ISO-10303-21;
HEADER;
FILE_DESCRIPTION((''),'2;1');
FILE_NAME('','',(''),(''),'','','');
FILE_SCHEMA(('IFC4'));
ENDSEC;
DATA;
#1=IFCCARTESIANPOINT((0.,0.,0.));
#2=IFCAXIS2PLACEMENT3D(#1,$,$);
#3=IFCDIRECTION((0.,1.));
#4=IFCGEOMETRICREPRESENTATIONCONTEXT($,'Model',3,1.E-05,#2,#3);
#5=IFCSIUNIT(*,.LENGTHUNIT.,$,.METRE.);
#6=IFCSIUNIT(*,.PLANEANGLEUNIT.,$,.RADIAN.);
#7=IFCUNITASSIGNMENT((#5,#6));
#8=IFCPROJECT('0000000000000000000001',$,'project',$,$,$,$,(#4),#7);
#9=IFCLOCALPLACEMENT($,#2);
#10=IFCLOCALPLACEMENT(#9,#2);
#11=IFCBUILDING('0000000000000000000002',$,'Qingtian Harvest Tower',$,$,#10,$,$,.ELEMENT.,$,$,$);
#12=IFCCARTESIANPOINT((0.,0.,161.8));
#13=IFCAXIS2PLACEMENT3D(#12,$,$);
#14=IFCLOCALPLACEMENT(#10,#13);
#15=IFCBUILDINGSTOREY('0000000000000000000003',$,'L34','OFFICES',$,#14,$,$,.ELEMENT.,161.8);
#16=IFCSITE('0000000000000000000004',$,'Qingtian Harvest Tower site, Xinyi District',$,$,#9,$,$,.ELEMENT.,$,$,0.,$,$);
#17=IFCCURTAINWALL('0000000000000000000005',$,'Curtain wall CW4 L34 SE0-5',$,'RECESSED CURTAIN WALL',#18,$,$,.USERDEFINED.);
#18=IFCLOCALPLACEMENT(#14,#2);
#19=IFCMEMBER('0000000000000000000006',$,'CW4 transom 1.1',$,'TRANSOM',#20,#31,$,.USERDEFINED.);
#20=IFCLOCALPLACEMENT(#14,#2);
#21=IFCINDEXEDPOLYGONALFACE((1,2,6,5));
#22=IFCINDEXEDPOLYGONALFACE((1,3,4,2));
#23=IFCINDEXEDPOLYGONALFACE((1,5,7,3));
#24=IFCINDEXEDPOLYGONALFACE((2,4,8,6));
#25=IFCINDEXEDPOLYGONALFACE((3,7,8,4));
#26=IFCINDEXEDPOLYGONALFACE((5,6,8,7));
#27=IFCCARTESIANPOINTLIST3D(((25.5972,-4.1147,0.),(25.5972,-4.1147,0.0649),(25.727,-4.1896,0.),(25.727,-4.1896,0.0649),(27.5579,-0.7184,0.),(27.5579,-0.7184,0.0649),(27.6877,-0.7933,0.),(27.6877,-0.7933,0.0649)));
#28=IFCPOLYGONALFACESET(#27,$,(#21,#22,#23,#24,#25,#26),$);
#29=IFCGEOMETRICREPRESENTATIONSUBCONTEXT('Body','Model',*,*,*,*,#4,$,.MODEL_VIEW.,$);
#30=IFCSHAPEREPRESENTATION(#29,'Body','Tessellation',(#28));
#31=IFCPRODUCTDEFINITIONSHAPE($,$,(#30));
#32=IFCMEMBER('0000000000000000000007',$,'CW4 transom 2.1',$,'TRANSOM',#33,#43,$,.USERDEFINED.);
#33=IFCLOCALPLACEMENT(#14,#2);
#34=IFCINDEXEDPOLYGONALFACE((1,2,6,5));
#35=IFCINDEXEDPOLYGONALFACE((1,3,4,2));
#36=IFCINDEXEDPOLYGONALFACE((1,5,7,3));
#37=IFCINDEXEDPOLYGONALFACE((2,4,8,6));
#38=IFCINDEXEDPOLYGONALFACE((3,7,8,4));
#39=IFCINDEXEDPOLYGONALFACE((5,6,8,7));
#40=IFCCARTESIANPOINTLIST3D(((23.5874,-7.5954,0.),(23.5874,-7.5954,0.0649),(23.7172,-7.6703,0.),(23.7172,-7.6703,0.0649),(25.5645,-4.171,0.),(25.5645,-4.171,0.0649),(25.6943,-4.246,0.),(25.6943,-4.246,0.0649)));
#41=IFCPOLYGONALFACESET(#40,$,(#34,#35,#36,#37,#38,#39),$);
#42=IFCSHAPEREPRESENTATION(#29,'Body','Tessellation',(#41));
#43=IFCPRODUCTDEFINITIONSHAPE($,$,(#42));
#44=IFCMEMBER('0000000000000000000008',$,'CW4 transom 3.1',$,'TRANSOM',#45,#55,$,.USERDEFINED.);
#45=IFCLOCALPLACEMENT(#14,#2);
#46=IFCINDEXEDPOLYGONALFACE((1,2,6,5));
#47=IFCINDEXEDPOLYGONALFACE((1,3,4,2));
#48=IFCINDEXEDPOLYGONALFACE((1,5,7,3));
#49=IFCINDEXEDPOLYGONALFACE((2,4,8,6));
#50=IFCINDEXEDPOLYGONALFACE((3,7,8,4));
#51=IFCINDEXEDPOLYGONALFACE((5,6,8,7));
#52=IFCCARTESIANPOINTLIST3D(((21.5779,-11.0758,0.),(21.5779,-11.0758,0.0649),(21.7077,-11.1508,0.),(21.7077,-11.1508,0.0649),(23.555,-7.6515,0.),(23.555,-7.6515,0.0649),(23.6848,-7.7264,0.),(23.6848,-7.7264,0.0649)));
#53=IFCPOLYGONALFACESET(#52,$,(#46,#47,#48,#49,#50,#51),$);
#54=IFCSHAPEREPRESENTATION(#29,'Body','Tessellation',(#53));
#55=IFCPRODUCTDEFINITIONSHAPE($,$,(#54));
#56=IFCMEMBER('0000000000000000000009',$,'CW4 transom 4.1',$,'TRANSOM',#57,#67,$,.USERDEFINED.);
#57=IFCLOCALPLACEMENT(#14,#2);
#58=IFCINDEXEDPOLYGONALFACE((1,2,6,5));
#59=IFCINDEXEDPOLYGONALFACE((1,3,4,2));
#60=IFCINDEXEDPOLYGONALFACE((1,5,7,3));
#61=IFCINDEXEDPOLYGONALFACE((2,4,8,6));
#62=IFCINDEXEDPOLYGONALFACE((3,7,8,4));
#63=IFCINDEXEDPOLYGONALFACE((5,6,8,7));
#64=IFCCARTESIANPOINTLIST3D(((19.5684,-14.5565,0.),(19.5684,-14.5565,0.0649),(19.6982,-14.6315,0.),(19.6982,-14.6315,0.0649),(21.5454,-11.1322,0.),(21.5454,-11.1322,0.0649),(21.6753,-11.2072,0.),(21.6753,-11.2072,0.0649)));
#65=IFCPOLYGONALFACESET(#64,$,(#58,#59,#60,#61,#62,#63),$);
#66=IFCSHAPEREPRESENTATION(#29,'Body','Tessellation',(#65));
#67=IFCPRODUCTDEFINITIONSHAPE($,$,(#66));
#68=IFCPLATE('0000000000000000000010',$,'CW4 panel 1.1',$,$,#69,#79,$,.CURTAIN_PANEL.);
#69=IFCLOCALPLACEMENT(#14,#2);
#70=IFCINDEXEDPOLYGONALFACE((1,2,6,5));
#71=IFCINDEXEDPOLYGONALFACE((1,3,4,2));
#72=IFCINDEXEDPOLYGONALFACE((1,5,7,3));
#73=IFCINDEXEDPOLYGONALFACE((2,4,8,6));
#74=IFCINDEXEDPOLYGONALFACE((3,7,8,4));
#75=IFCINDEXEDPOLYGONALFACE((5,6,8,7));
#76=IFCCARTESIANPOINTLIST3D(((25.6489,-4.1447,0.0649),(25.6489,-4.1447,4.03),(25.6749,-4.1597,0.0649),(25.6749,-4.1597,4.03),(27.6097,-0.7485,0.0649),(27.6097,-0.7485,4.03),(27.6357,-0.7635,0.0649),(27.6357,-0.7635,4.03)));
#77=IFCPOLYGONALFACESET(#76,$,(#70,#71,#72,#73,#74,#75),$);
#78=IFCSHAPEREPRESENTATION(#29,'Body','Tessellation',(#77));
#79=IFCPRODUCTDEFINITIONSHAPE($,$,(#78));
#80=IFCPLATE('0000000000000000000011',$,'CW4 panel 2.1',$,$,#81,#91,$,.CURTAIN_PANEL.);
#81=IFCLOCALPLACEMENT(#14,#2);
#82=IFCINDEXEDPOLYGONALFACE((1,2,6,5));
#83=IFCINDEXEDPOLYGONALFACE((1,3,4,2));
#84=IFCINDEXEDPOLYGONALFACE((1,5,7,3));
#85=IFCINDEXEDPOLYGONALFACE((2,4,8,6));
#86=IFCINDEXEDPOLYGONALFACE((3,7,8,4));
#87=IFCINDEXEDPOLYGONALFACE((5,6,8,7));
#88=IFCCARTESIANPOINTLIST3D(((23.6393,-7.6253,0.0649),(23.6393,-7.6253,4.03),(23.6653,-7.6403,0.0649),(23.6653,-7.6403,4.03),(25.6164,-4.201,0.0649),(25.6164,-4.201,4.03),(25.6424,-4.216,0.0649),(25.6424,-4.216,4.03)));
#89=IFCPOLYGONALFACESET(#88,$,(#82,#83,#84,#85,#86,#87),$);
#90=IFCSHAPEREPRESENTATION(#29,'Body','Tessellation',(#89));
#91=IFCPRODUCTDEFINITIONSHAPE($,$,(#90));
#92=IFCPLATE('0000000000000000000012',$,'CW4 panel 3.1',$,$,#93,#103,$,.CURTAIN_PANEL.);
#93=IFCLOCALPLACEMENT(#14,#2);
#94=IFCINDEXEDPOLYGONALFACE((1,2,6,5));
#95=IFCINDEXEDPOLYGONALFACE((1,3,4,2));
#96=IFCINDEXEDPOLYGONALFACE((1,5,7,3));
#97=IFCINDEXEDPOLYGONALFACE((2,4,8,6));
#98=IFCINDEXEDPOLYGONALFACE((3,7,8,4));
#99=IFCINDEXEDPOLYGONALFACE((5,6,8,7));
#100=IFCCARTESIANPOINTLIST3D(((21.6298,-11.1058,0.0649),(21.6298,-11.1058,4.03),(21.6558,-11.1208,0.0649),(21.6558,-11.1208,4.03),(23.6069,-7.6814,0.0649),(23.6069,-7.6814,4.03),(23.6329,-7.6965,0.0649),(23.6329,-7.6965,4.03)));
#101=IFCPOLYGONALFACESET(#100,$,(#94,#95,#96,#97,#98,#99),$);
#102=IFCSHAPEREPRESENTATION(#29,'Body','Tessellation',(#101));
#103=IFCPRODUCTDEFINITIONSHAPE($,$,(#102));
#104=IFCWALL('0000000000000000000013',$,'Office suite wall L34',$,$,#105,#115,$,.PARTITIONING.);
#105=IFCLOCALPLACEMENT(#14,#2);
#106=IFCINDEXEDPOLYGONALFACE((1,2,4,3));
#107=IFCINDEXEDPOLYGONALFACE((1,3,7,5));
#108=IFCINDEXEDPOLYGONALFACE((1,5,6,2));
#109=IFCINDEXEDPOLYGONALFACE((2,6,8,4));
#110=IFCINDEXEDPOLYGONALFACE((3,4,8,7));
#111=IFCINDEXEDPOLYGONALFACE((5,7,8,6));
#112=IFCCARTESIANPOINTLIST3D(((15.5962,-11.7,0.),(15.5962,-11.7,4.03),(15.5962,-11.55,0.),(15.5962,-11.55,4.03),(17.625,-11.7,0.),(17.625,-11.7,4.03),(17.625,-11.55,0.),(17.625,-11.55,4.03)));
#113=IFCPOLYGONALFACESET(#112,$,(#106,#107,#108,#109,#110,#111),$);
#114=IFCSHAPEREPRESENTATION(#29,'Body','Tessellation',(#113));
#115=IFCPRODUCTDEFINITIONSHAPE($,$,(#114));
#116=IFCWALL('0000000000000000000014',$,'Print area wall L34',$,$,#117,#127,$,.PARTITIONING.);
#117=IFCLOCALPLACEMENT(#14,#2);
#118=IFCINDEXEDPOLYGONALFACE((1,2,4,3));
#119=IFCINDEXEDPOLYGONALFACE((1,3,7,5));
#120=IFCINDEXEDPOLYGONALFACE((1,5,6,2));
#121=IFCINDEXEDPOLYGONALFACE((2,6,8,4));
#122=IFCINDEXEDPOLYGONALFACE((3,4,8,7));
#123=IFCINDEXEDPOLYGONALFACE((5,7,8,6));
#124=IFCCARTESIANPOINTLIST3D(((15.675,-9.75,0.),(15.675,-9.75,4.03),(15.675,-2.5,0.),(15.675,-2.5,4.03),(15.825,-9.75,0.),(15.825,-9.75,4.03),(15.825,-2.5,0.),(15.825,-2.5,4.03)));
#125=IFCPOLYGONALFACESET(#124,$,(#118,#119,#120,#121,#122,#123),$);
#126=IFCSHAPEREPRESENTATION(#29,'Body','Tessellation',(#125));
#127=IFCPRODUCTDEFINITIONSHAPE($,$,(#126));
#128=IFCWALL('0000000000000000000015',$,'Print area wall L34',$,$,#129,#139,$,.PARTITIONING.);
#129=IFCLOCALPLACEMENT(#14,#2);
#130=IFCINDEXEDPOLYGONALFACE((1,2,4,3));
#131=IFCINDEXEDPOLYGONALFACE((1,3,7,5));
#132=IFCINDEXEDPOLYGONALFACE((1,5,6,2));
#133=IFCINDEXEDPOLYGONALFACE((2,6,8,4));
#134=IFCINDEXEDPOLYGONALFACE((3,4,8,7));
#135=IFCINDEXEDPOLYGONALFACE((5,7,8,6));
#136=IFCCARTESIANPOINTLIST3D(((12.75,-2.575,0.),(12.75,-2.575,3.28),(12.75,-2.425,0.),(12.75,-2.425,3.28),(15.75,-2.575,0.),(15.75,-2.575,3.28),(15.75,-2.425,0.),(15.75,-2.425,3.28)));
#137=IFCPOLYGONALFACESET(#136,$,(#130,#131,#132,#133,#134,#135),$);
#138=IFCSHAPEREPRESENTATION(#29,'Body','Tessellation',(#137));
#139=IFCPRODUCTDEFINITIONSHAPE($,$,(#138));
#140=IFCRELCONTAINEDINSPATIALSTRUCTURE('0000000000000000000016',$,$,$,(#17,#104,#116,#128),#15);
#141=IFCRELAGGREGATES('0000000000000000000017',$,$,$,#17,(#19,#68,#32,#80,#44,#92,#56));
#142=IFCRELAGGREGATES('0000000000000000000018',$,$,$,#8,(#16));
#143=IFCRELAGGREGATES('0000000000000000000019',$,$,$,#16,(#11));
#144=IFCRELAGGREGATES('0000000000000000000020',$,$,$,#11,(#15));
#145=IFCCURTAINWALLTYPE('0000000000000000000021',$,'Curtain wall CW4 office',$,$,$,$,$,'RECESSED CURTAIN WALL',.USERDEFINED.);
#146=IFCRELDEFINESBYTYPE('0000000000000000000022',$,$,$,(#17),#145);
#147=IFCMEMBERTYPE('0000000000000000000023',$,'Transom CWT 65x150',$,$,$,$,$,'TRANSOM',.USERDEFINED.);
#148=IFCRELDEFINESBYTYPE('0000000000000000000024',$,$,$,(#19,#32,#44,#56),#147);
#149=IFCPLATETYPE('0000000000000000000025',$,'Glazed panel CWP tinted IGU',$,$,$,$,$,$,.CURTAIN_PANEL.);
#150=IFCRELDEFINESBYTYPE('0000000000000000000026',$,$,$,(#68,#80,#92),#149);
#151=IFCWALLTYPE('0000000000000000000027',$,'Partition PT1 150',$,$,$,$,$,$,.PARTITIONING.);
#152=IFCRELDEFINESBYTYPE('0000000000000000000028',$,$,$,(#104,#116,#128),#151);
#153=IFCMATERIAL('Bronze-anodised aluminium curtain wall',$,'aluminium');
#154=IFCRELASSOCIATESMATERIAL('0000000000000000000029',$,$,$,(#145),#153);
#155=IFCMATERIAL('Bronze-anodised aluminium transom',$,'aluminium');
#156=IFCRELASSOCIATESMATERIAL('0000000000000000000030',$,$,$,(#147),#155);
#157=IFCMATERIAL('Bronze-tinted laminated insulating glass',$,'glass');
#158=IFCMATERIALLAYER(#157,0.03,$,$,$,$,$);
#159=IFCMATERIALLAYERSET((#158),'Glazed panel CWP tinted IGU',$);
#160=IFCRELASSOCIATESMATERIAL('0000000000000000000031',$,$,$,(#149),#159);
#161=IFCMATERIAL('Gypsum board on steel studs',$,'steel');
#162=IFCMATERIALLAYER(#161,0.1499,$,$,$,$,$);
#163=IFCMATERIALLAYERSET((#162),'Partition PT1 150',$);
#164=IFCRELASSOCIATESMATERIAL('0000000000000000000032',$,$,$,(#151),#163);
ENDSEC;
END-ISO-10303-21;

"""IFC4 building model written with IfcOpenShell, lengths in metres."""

from ifc_helpers import new_model, si_unit, direction, frame, frame_2d, origin, origin_2d, place, context, subcontext, project, spatial, rectangle, extrude, material, layer, layer_set, material_profile, profile_set, type_object, element, aggregate, save


model = new_model("IFC4")

# Units and contexts
model_context = context("Model", 3, precision=1e-05, world=origin(), true_north=direction((0.0, 1.0)))
body_context = subcontext(model_context, "Body", "Model", "MODEL_VIEW")
ifc_project = project(units=[si_unit("LENGTHUNIT", "METRE"), si_unit("PLANEANGLEUNIT", "RADIAN")], contexts=[model_context])

# Site, building, storey
site_placement = place(None, origin())
site = spatial("IfcSite", under=ifc_project, at=site_placement, Name="Qingtian Harvest Tower site, Xinyi District", CompositionType="ELEMENT", RefElevation=0.0)
building_placement = place(site_placement, origin())
building = spatial("IfcBuilding", under=site, at=building_placement, Name="Qingtian Harvest Tower", CompositionType="ELEMENT")
storey_placement = place(building_placement, frame((0.0, 0.0, 161.8)))
storey = spatial("IfcBuildingStorey", under=building, at=storey_placement, Name="L34", Description="OFFICES", CompositionType="ELEMENT", Elevation=161.8)

# Shared definitions
ifc_material_1 = material(Name="Bronze-anodised aluminium curtain wall", Category="aluminium")
curtain_wall_type = type_object("IfcCurtainWallType", Name="Curtain wall CW4 office", ElementType="RECESSED CURTAIN WALL", PredefinedType="USERDEFINED", material=ifc_material_1)

# Curtain wall
curtain_wall_1_placement = place(storey_placement, origin())
curtain_wall_1 = element("IfcCurtainWall", 1, at=curtain_wall_1_placement, inside=storey, type_object=curtain_wall_type, Name="Curtain wall CW4 L34 SE0-5", ObjectType="RECESSED CURTAIN WALL", PredefinedType="USERDEFINED")

# Members
ifc_material_2 = material(Name="Bronze-anodised aluminium transom", Category="aluminium")
ifc_material_profile_1 = material_profile(ifc_material_2, rectangle(XDim=0.1499, YDim=0.0649, at=origin_2d()), Name="AL 65x150")
ifc_profile_set_1 = profile_set([ifc_material_profile_1], Name="Bronze-anodised aluminium transom")
member_type_1 = type_object("IfcMemberType", Name="Transom CWT 65x150", ElementType="TRANSOM", PredefinedType="USERDEFINED", material=ifc_profile_set_1)
member_1_placement = place(storey_placement, frame((27.6228, -0.7559, 0.0325), z_axis=(-0.499976, -0.866039, 0.0), x_axis=(0.866039, -0.499976, 0.0)))
member_1 = element("IfcMember", 2, at=member_1_placement, type_object=member_type_1, Name="CW4 transom 1.1", ObjectType="TRANSOM", PredefinedType="USERDEFINED", context=body_context, shape_type="SweptSolid", body=[
    extrude(rectangle(XDim=0.1499, YDim=0.0649, at=origin_2d()), origin(), (0.0, 0.0, 1.0), 3.9216),
])
member_2_placement = place(storey_placement, frame((25.6294, -4.2085, 0.0325), z_axis=(-0.500004, -0.866023, 0.0), x_axis=(0.866023, -0.500004, 0.0)))
member_2 = element("IfcMember", 3, at=member_2_placement, type_object=member_type_1, Name="CW4 transom 2.1", ObjectType="TRANSOM", PredefinedType="USERDEFINED", context=body_context, shape_type="SweptSolid", body=[
    extrude(rectangle(XDim=0.1499, YDim=0.0649, at=origin_2d()), origin(), (0.0, 0.0, 1.0), 3.9541),
])
member_3_placement = place(storey_placement, frame((23.6199, -7.689, 0.0325), z_axis=(-0.500004, -0.866023, 0.0), x_axis=(0.866023, -0.500004, 0.0)))
member_3 = element("IfcMember", 4, at=member_3_placement, type_object=member_type_1, Name="CW4 transom 3.1", ObjectType="TRANSOM", PredefinedType="USERDEFINED", context=body_context, shape_type="SweptSolid", body=[
    extrude(rectangle(XDim=0.1499, YDim=0.0649, at=origin_2d()), origin(), (0.0, 0.0, 1.0), 3.9541),
])
member_4_placement = place(storey_placement, frame((21.6104, -11.1697, 0.0325), z_axis=(-0.500004, -0.866023, 0.0), x_axis=(0.866023, -0.500004, 0.0)))
member_4 = element("IfcMember", 5, at=member_4_placement, type_object=member_type_1, Name="CW4 transom 4.1", ObjectType="TRANSOM", PredefinedType="USERDEFINED", context=body_context, shape_type="SweptSolid", body=[
    extrude(rectangle(XDim=0.1499, YDim=0.0649, at=origin_2d()), origin(), (0.0, 0.0, 1.0), 3.9541),
])

# Plates
ifc_material_3 = material(Name="Bronze-tinted laminated insulating glass", Category="glass")
ifc_layer_1 = layer(ifc_material_3, 0.03)
ifc_layer_set_1 = layer_set([ifc_layer_1], Name="Glazed panel CWP tinted IGU")
plate_type = type_object("IfcPlateType", Name="Glazed panel CWP tinted IGU", PredefinedType="CURTAIN_PANEL", material=ifc_layer_set_1)
plate_1_placement = place(storey_placement, frame((26.6423, -2.4541, 0.0649), z_axis=(0.0, 0.0, 1.0), x_axis=(-0.5, -0.866025, 0.0)))
plate_1 = element("IfcPlate", 6, at=plate_1_placement, type_object=plate_type, Name="CW4 panel 1.1", PredefinedType="CURTAIN_PANEL", context=body_context, shape_type="SweptSolid", body=[
    extrude(rectangle(XDim=3.9216, YDim=0.03, at=origin_2d()), origin(), (0.0, 0.0, 1.0), 3.9651),
])
plate_2_placement = place(storey_placement, frame((24.6409, -5.9207, 0.0649), z_axis=(0.0, 0.0, 1.0), x_axis=(-0.5, -0.866025, 0.0)))
plate_2 = element("IfcPlate", 7, at=plate_2_placement, type_object=plate_type, Name="CW4 panel 2.1", PredefinedType="CURTAIN_PANEL", context=body_context, shape_type="SweptSolid", body=[
    extrude(rectangle(XDim=3.9541, YDim=0.03, at=origin_2d()), origin(), (0.0, 0.0, 1.0), 3.9651),
])
plate_3_placement = place(storey_placement, frame((22.6313, -9.4011, 0.0649), z_axis=(0.0, 0.0, 1.0), x_axis=(-0.5, -0.866025, 0.0)))
plate_3 = element("IfcPlate", 8, at=plate_3_placement, type_object=plate_type, Name="CW4 panel 3.1", PredefinedType="CURTAIN_PANEL", context=body_context, shape_type="SweptSolid", body=[
    extrude(rectangle(XDim=3.9541, YDim=0.03, at=origin_2d()), origin(), (0.0, 0.0, 1.0), 3.9651),
])
aggregate(curtain_wall_1, [member_1, plate_1, member_2, plate_2, member_3, plate_3, member_4])

# Walls
ifc_material_4 = material(Name="Gypsum board on steel studs", Category="steel")
ifc_layer_2 = layer(ifc_material_4, 0.1499)
ifc_layer_set_2 = layer_set([ifc_layer_2], Name="Partition PT1 150")
wall_type = type_object("IfcWallType", Name="Partition PT1 150", PredefinedType="PARTITIONING", material=ifc_layer_set_2)
wall_1_placement = place(storey_placement, frame((17.625, -11.625, 0.0), z_axis=(0.0, 0.0, 1.0), x_axis=(-1.0, 0.0, 0.0)))
element("IfcWall", 9, at=wall_1_placement, inside=storey, type_object=wall_type, Name="Office suite wall L34", PredefinedType="PARTITIONING", context=body_context, shape_type="SweptSolid", body=[
    extrude(rectangle(XDim=2.0288, YDim=0.1499, at=frame_2d((1.0144, 0.0))), origin(), (0.0, 0.0, 1.0), 4.03),
])
wall_2_placement = place(storey_placement, frame((15.75, -9.75, 0.0), z_axis=(0.0, 0.0, 1.0), x_axis=(0.0, 1.0, 0.0)))
element("IfcWall", 10, at=wall_2_placement, inside=storey, type_object=wall_type, Name="Print area wall L34", PredefinedType="PARTITIONING", context=body_context, shape_type="SweptSolid", body=[
    extrude(rectangle(XDim=7.25, YDim=0.1499, at=frame_2d((3.625, 0.0))), origin(), (0.0, 0.0, 1.0), 4.03),
])
wall_3_placement = place(storey_placement, frame((12.75, -2.5, 0.0), z_axis=(0.0, 0.0, 1.0), x_axis=(1.0, 0.0, 0.0)))
element("IfcWall", 11, at=wall_3_placement, inside=storey, type_object=wall_type, Name="Print area wall L34", PredefinedType="PARTITIONING", context=body_context, shape_type="SweptSolid", body=[
    extrude(rectangle(XDim=3.0, YDim=0.1499, at=frame_2d((1.5, 0.0))), origin(), (0.0, 0.0, 1.0), 3.28),
])

save(model, "model.ifc")
